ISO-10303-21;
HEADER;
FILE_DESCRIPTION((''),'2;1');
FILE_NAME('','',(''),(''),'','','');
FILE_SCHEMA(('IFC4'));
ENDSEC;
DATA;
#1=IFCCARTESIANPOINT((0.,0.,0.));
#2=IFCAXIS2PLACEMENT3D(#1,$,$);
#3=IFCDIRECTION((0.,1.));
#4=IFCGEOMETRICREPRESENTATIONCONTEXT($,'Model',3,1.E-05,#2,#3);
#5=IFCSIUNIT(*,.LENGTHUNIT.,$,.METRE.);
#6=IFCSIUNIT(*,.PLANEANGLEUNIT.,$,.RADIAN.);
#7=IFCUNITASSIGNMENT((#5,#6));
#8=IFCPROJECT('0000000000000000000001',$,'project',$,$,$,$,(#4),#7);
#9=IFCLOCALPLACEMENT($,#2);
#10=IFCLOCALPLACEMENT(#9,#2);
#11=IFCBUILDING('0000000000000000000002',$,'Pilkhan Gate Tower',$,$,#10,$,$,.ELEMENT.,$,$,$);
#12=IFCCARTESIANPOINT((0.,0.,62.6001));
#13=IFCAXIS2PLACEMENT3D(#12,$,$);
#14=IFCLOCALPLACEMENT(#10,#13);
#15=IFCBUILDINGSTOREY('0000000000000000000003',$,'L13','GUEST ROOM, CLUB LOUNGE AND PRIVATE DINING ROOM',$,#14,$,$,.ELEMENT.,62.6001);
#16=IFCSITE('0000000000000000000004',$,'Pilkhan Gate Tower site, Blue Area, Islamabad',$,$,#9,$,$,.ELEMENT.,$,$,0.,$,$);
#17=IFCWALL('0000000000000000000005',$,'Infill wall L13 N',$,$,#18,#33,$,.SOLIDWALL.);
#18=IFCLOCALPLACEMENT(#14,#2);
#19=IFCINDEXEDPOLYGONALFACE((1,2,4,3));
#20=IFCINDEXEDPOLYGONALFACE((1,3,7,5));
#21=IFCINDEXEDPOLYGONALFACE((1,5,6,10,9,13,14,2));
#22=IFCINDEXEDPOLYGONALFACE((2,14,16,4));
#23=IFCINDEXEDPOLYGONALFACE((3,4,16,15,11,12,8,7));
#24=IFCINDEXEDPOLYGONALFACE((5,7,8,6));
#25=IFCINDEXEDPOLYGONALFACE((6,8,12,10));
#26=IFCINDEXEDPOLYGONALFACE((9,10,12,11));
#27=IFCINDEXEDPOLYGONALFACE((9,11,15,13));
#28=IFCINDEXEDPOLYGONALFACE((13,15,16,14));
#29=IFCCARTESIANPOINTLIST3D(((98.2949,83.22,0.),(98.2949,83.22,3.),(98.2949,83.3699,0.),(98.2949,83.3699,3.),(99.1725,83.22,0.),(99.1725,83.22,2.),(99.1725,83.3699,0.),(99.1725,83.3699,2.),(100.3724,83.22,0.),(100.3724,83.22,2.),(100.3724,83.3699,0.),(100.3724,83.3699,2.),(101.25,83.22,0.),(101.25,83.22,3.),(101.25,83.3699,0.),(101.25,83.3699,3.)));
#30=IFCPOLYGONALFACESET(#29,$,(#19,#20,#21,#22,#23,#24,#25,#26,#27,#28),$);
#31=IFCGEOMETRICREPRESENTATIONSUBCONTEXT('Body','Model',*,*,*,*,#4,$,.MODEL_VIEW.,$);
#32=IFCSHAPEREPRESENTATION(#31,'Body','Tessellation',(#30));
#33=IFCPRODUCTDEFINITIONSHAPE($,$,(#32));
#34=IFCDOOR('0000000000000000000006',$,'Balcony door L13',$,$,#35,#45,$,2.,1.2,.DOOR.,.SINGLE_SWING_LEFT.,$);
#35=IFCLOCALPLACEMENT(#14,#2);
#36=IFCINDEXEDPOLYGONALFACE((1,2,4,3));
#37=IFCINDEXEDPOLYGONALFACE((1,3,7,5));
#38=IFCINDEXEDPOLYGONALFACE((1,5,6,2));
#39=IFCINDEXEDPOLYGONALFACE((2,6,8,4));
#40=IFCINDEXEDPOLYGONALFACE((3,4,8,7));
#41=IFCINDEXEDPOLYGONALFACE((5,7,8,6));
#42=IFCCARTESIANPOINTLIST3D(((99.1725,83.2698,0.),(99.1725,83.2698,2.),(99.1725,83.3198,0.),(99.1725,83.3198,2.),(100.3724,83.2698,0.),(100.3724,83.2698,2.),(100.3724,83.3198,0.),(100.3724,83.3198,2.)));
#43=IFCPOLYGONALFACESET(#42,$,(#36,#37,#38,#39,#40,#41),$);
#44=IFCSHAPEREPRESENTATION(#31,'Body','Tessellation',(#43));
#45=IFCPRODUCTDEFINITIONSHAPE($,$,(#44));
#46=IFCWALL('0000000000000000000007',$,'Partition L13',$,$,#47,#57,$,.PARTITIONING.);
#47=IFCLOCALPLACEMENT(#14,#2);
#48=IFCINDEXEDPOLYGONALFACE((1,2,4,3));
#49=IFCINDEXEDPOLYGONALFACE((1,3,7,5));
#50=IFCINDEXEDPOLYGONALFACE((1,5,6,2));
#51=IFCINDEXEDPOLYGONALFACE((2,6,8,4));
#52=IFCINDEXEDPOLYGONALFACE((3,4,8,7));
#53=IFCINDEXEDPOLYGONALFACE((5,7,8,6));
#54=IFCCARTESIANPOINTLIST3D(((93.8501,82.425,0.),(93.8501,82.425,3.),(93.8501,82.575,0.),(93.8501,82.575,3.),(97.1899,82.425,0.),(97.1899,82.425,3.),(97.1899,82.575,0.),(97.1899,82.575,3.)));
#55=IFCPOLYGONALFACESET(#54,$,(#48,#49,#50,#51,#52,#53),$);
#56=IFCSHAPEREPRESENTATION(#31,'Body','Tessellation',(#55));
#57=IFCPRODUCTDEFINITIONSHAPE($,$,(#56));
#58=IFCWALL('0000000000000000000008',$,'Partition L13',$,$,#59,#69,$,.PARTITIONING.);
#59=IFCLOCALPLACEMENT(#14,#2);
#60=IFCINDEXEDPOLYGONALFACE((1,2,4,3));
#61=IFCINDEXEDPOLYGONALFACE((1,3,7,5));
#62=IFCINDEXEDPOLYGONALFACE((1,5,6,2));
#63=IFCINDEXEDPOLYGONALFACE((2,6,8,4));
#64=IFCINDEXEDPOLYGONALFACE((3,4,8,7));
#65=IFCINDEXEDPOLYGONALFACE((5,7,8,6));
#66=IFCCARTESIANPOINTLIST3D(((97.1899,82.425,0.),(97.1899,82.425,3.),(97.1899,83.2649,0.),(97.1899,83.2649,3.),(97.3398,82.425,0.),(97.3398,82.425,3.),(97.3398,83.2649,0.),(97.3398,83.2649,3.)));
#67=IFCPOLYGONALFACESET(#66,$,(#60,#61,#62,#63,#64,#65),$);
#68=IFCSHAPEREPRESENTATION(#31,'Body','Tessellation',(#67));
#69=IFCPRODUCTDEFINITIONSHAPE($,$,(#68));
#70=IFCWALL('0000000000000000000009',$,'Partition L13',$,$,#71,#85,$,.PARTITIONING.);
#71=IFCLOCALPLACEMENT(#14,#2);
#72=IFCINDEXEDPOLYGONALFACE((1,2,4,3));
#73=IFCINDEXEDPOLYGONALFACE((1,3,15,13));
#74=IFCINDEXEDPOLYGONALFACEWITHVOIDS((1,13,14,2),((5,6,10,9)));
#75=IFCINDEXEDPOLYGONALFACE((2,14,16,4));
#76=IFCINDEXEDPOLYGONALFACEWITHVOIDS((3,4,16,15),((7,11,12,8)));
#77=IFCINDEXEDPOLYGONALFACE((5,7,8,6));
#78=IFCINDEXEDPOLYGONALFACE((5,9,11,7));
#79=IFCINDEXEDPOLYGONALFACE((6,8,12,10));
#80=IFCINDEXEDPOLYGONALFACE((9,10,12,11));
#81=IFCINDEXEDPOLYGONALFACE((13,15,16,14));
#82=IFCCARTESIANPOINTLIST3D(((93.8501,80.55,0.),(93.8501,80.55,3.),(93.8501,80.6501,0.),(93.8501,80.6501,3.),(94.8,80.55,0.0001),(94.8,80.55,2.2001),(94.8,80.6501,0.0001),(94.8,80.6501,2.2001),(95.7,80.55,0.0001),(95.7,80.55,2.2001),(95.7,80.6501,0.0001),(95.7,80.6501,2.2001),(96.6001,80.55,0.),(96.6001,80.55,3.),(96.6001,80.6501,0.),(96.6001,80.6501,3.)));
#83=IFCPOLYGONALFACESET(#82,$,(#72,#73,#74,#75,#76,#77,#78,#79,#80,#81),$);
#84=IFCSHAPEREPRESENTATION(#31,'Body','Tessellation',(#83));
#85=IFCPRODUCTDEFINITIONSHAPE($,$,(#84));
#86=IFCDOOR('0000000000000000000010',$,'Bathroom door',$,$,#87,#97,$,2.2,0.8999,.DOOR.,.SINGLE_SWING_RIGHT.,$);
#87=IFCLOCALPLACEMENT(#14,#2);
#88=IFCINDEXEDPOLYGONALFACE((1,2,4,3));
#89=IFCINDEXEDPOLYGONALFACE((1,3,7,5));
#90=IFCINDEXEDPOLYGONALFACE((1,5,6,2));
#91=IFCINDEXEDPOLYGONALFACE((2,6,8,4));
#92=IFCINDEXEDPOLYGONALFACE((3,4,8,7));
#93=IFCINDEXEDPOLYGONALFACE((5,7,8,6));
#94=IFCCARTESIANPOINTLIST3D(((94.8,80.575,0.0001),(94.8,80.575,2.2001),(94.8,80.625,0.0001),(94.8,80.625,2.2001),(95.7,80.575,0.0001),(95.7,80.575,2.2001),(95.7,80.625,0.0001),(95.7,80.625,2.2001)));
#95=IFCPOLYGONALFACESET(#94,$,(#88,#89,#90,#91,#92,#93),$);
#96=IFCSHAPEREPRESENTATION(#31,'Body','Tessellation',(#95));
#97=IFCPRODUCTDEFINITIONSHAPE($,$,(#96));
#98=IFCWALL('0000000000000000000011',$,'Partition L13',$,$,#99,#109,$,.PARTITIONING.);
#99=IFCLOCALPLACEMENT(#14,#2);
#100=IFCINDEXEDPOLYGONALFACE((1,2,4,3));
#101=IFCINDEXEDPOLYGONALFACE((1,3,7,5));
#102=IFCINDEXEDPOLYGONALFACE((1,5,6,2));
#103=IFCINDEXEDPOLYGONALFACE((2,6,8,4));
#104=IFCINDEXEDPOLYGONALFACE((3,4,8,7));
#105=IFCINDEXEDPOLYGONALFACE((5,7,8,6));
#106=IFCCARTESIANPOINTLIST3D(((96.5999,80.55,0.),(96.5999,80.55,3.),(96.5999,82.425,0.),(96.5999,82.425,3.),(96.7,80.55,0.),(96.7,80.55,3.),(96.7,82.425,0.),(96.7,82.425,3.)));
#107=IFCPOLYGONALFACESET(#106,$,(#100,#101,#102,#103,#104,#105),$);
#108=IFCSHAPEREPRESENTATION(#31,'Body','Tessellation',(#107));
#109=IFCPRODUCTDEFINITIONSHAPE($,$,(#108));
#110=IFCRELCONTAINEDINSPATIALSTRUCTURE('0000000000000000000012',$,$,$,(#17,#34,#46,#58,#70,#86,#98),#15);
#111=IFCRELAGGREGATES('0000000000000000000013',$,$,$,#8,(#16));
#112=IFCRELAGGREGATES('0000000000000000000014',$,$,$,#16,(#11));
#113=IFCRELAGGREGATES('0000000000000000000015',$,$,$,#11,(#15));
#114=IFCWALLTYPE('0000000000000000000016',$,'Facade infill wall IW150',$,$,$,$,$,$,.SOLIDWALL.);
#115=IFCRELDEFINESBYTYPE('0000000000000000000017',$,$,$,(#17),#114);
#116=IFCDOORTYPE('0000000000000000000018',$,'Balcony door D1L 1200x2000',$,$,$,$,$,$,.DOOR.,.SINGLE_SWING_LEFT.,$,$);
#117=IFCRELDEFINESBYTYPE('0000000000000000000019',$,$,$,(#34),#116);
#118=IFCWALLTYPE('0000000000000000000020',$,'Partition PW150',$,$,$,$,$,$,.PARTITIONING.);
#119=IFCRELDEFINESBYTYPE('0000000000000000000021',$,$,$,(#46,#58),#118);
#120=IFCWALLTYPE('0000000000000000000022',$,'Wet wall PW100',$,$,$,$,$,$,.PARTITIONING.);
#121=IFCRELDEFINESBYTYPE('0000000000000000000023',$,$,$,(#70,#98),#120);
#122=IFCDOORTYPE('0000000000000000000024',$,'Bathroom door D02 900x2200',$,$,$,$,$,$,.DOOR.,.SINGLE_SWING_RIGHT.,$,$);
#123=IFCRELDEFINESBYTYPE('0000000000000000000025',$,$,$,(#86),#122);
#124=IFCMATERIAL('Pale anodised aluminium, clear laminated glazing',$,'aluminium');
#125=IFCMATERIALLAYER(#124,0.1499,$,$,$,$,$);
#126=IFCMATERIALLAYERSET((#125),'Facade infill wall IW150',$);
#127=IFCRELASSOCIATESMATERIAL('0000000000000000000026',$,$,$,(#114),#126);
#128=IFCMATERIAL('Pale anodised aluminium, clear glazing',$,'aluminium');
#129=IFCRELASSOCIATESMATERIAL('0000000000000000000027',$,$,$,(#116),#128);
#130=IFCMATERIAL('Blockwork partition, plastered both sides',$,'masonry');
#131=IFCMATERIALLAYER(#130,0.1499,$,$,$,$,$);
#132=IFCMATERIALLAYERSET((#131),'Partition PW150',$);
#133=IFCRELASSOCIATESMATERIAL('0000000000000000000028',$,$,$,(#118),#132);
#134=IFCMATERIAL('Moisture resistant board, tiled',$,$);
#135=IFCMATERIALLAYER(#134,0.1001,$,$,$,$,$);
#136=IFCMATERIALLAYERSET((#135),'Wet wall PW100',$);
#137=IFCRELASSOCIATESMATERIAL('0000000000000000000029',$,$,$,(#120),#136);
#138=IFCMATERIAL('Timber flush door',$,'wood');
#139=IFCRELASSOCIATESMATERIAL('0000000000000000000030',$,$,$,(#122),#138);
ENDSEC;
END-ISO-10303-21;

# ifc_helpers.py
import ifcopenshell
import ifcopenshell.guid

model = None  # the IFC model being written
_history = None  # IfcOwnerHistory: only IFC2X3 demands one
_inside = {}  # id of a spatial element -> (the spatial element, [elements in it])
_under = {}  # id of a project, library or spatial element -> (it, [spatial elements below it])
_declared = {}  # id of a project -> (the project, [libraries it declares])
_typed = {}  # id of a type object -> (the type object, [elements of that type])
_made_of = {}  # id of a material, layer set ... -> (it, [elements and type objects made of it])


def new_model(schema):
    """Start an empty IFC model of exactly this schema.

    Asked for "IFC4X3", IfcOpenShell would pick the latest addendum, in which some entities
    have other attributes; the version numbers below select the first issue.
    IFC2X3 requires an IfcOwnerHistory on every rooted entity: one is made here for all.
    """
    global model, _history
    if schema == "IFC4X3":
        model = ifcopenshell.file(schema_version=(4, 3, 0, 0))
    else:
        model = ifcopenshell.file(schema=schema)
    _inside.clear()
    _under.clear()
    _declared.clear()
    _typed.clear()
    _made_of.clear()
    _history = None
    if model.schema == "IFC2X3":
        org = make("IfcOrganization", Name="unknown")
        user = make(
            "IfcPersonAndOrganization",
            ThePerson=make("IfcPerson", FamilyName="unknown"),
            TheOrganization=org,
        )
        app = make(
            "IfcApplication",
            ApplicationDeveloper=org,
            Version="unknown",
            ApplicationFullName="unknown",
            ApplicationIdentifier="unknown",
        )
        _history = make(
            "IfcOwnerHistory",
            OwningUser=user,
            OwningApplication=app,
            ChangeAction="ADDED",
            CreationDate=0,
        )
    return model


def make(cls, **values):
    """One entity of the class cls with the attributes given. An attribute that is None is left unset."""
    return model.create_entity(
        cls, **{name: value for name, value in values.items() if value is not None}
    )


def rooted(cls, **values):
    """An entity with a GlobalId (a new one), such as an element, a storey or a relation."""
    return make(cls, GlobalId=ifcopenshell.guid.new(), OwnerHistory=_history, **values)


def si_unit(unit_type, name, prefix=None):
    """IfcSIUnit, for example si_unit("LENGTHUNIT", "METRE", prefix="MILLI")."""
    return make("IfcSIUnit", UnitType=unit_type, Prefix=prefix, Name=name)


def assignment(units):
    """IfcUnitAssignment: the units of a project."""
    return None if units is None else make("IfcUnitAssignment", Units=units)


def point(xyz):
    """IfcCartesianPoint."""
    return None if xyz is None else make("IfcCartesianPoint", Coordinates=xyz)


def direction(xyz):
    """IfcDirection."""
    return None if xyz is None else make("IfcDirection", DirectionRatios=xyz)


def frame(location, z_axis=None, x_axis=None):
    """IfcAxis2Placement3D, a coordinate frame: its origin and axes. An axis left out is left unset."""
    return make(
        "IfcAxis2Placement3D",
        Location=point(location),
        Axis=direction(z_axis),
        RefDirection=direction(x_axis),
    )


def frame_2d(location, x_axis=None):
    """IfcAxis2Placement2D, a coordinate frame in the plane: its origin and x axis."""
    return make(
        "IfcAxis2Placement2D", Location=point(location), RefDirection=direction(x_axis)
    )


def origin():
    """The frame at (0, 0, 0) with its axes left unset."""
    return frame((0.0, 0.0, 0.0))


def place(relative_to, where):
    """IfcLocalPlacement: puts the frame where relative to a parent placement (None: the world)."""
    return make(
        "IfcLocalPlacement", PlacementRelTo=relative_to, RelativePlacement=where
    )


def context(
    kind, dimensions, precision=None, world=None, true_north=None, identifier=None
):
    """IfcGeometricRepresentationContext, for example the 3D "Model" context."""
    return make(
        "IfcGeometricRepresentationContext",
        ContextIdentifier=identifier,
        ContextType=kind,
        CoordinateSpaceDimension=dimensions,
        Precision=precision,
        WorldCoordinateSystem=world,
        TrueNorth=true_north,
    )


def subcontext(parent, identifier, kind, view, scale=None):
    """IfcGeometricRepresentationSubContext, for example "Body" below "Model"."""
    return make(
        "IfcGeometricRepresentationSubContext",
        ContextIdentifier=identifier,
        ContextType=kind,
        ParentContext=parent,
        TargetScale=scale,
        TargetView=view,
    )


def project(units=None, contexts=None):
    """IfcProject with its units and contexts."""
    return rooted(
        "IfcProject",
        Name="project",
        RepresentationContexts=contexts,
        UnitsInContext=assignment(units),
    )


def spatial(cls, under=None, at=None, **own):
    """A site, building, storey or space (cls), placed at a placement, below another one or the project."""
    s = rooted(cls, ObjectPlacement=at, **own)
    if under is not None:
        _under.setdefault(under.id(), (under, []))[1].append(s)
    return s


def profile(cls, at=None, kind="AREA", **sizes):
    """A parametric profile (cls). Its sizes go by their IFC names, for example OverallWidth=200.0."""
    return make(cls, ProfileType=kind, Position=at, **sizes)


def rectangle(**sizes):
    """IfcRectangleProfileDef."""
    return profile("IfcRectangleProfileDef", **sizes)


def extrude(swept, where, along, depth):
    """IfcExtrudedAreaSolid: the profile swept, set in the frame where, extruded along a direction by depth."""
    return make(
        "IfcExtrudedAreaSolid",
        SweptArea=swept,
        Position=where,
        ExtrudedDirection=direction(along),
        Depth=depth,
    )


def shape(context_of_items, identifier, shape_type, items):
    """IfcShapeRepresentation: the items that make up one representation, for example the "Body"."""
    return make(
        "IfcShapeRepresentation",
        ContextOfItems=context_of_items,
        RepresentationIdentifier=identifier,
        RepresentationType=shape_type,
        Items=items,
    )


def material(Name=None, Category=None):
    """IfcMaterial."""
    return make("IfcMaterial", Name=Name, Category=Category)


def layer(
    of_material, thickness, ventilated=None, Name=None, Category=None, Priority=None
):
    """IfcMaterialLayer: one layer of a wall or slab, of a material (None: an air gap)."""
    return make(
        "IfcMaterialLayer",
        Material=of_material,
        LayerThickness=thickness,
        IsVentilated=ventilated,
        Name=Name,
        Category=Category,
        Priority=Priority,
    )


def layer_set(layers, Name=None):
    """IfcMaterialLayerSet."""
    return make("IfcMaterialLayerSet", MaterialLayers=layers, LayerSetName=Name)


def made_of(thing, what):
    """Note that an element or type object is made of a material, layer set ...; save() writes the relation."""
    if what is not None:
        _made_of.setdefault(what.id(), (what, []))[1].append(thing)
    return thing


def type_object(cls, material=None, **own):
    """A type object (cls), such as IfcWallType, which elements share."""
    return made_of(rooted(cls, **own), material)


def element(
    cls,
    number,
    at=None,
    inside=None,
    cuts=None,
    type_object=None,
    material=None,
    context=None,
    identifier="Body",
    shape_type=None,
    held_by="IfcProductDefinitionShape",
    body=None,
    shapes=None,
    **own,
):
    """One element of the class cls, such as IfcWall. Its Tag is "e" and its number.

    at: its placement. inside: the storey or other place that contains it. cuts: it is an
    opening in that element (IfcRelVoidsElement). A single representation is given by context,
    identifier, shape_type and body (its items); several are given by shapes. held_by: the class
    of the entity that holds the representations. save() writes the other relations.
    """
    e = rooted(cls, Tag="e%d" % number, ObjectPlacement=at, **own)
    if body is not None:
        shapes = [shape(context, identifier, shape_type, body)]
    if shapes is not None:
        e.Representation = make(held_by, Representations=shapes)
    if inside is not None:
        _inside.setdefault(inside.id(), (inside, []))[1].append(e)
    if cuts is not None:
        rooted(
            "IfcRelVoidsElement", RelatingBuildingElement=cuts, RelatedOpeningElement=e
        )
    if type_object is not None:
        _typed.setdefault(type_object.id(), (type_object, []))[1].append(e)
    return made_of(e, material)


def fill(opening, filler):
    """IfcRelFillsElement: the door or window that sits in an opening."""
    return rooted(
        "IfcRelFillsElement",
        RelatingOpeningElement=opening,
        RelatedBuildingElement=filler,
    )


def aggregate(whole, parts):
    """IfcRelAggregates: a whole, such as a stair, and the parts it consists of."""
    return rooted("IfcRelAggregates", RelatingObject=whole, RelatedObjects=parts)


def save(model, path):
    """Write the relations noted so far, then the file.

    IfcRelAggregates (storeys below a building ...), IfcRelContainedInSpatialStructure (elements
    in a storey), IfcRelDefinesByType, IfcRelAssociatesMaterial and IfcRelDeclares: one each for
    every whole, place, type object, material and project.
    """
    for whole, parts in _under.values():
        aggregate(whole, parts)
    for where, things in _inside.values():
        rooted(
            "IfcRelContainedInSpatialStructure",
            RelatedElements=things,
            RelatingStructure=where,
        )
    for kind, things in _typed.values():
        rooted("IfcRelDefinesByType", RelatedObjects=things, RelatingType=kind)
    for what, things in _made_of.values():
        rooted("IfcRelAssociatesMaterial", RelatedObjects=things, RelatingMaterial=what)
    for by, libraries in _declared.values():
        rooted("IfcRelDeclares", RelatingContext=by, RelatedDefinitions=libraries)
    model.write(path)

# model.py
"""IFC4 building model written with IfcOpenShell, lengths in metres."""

from ifc_helpers import new_model, si_unit, direction, frame, frame_2d, origin, place, context, subcontext, project, spatial, rectangle, extrude, material, layer, layer_set, type_object, element, fill, save


model = new_model("IFC4")

# Units and contexts
model_context = context("Model", 3, precision=1e-05, world=origin(), true_north=direction((0.0, 1.0)))
body_context = subcontext(model_context, "Body", "Model", "MODEL_VIEW")
ifc_project = project(units=[si_unit("LENGTHUNIT", "METRE"), si_unit("PLANEANGLEUNIT", "RADIAN")], contexts=[model_context])

# Site, building, storey
site_placement = place(None, origin())
site = spatial("IfcSite", under=ifc_project, at=site_placement, Name="Pilkhan Gate Tower site, Blue Area, Islamabad", CompositionType="ELEMENT", RefElevation=0.0)
building_placement = place(site_placement, origin())
building = spatial("IfcBuilding", under=site, at=building_placement, Name="Pilkhan Gate Tower", CompositionType="ELEMENT")
storey_placement = place(building_placement, frame((0.0, 0.0, 62.6001)))
storey = spatial("IfcBuildingStorey", under=building, at=storey_placement, Name="L13", Description="GUEST ROOM, CLUB LOUNGE AND PRIVATE DINING ROOM", CompositionType="ELEMENT", Elevation=62.6001)

# Wall, opening, door
ifc_material_1 = material(Name="Pale anodised aluminium, clear laminated glazing", Category="aluminium")
ifc_layer_1 = layer(ifc_material_1, 0.1499)
ifc_layer_set_1 = layer_set([ifc_layer_1], Name="Facade infill wall IW150")
wall_type_1 = type_object("IfcWallType", Name="Facade infill wall IW150", PredefinedType="SOLIDWALL", material=ifc_layer_set_1)
wall_1_placement = place(storey_placement, frame((98.2949, 83.2949, 0.0), z_axis=(0.0, 0.0, 1.0), x_axis=(1.0, 0.0, 0.0)))
wall_1 = element("IfcWall", 1, at=wall_1_placement, inside=storey, type_object=wall_type_1, Name="Infill wall L13 N", PredefinedType="SOLIDWALL", context=body_context, shape_type="SweptSolid", body=[
    extrude(rectangle(XDim=2.9551, YDim=0.1499, at=frame_2d((1.4775, 0.0))), origin(), (0.0, 0.0, 1.0), 3.0),
])
opening_1_placement = place(wall_1_placement, frame((0.8774, 0.0, 0.0)))
opening_1 = element("IfcOpeningElement", 2, at=opening_1_placement, cuts=wall_1, PredefinedType="OPENING", context=body_context, shape_type="SweptSolid", body=[
    extrude(rectangle(XDim=1.2, YDim=2.0, at=frame_2d((0.6001, 1.0))), frame((0.0, 0.085, 0.0), z_axis=(0.0, -1.0, 0.0), x_axis=(1.0, 0.0, 0.0)), (0.0, 0.0, 1.0), 0.1699),
])
ifc_material_2 = material(Name="Pale anodised aluminium, clear glazing", Category="aluminium")
door_type_1 = type_object("IfcDoorType", Name="Balcony door D1L 1200x2000", OperationType="SINGLE_SWING_LEFT", PredefinedType="DOOR", material=ifc_material_2)
door_1_placement = place(opening_1_placement, origin())
door_1 = element("IfcDoor", 3, at=door_1_placement, inside=storey, type_object=door_type_1, Name="Balcony door L13", OperationType="SINGLE_SWING_LEFT", OverallHeight=2.0, OverallWidth=1.2, PredefinedType="DOOR", context=body_context, shape_type="SweptSolid", body=[
    extrude(rectangle(XDim=1.2, YDim=2.0, at=frame_2d((0.6001, 1.0))), frame((0.0, 0.0249, 0.0), z_axis=(0.0, -1.0, 0.0), x_axis=(1.0, 0.0, 0.0)), (0.0, 0.0, 1.0), 0.05),
])
fill(opening_1, door_1)

# Walls
ifc_material_3 = material(Name="Blockwork partition, plastered both sides", Category="masonry")
ifc_layer_2 = layer(ifc_material_3, 0.1499)
ifc_layer_set_2 = layer_set([ifc_layer_2], Name="Partition PW150")
wall_type_2 = type_object("IfcWallType", Name="Partition PW150", PredefinedType="PARTITIONING", material=ifc_layer_set_2)
wall_2_placement = place(storey_placement, frame((93.8501, 82.5, 0.0), z_axis=(0.0, 0.0, 1.0), x_axis=(1.0, 0.0, 0.0)))
element("IfcWall", 4, at=wall_2_placement, inside=storey, type_object=wall_type_2, Name="Partition L13", PredefinedType="PARTITIONING", context=body_context, shape_type="SweptSolid", body=[
    extrude(rectangle(XDim=3.3398, YDim=0.1499, at=frame_2d((1.6699, 0.0))), origin(), (0.0, 0.0, 1.0), 3.0),
])
wall_3_placement = place(storey_placement, frame((97.2649, 82.425, 0.0), z_axis=(0.0, 0.0, 1.0), x_axis=(0.0, 1.0, 0.0)))
element("IfcWall", 5, at=wall_3_placement, inside=storey, type_object=wall_type_2, Name="Partition L13", PredefinedType="PARTITIONING", context=body_context, shape_type="SweptSolid", body=[
    extrude(rectangle(XDim=0.8398, YDim=0.1499, at=frame_2d((0.4199, 0.0))), origin(), (0.0, 0.0, 1.0), 3.0),
])

# Wall, opening, door
ifc_material_4 = material(Name="Moisture resistant board, tiled")
ifc_layer_3 = layer(ifc_material_4, 0.1001)
ifc_layer_set_3 = layer_set([ifc_layer_3], Name="Wet wall PW100")
wall_type_3 = type_object("IfcWallType", Name="Wet wall PW100", PredefinedType="PARTITIONING", material=ifc_layer_set_3)
wall_4_placement = place(storey_placement, frame((93.8501, 80.6001, 0.0), z_axis=(0.0, 0.0, 1.0), x_axis=(1.0, 0.0, 0.0)))
wall_4 = element("IfcWall", 6, at=wall_4_placement, inside=storey, type_object=wall_type_3, Name="Partition L13", PredefinedType="PARTITIONING", context=body_context, shape_type="SweptSolid", body=[
    extrude(rectangle(XDim=2.75, YDim=0.1001, at=frame_2d((1.375, 0.0))), origin(), (0.0, 0.0, 1.0), 3.0),
])
opening_2_placement = place(wall_4_placement, frame((0.95, 0.0, 0.0)))
opening_2 = element("IfcOpeningElement", 7, at=opening_2_placement, cuts=wall_4, PredefinedType="OPENING", context=body_context, shape_type="SweptSolid", body=[
    extrude(rectangle(XDim=0.8999, YDim=2.2, at=frame_2d((0.45, 1.1001))), frame((0.0, 0.0601, 0.0), z_axis=(0.0, -1.0, 0.0), x_axis=(1.0, 0.0, 0.0)), (0.0, 0.0, 1.0), 0.1201),
])
ifc_material_5 = material(Name="Timber flush door", Category="wood")
door_type_2 = type_object("IfcDoorType", Name="Bathroom door D02 900x2200", OperationType="SINGLE_SWING_RIGHT", PredefinedType="DOOR", material=ifc_material_5)
door_2_placement = place(opening_2_placement, origin())
door_2 = element("IfcDoor", 8, at=door_2_placement, inside=storey, type_object=door_type_2, Name="Bathroom door", OperationType="SINGLE_SWING_RIGHT", OverallHeight=2.2, OverallWidth=0.8999, PredefinedType="DOOR", context=body_context, shape_type="SweptSolid", body=[
    extrude(rectangle(XDim=0.8999, YDim=2.2, at=frame_2d((0.45, 1.1001))), frame((0.0, 0.0249, 0.0), z_axis=(0.0, -1.0, 0.0), x_axis=(1.0, 0.0, 0.0)), (0.0, 0.0, 1.0), 0.05),
])
fill(opening_2, door_2)

# Wall
wall_5_placement = place(storey_placement, frame((96.6499, 80.55, 0.0), z_axis=(0.0, 0.0, 1.0), x_axis=(0.0, 1.0, 0.0)))
element("IfcWall", 9, at=wall_5_placement, inside=storey, type_object=wall_type_3, Name="Partition L13", PredefinedType="PARTITIONING", context=body_context, shape_type="SweptSolid", body=[
    extrude(rectangle(XDim=1.875, YDim=0.1001, at=frame_2d((0.9375, 0.0))), origin(), (0.0, 0.0, 1.0), 3.0),
])

save(model, "model.ifc")
